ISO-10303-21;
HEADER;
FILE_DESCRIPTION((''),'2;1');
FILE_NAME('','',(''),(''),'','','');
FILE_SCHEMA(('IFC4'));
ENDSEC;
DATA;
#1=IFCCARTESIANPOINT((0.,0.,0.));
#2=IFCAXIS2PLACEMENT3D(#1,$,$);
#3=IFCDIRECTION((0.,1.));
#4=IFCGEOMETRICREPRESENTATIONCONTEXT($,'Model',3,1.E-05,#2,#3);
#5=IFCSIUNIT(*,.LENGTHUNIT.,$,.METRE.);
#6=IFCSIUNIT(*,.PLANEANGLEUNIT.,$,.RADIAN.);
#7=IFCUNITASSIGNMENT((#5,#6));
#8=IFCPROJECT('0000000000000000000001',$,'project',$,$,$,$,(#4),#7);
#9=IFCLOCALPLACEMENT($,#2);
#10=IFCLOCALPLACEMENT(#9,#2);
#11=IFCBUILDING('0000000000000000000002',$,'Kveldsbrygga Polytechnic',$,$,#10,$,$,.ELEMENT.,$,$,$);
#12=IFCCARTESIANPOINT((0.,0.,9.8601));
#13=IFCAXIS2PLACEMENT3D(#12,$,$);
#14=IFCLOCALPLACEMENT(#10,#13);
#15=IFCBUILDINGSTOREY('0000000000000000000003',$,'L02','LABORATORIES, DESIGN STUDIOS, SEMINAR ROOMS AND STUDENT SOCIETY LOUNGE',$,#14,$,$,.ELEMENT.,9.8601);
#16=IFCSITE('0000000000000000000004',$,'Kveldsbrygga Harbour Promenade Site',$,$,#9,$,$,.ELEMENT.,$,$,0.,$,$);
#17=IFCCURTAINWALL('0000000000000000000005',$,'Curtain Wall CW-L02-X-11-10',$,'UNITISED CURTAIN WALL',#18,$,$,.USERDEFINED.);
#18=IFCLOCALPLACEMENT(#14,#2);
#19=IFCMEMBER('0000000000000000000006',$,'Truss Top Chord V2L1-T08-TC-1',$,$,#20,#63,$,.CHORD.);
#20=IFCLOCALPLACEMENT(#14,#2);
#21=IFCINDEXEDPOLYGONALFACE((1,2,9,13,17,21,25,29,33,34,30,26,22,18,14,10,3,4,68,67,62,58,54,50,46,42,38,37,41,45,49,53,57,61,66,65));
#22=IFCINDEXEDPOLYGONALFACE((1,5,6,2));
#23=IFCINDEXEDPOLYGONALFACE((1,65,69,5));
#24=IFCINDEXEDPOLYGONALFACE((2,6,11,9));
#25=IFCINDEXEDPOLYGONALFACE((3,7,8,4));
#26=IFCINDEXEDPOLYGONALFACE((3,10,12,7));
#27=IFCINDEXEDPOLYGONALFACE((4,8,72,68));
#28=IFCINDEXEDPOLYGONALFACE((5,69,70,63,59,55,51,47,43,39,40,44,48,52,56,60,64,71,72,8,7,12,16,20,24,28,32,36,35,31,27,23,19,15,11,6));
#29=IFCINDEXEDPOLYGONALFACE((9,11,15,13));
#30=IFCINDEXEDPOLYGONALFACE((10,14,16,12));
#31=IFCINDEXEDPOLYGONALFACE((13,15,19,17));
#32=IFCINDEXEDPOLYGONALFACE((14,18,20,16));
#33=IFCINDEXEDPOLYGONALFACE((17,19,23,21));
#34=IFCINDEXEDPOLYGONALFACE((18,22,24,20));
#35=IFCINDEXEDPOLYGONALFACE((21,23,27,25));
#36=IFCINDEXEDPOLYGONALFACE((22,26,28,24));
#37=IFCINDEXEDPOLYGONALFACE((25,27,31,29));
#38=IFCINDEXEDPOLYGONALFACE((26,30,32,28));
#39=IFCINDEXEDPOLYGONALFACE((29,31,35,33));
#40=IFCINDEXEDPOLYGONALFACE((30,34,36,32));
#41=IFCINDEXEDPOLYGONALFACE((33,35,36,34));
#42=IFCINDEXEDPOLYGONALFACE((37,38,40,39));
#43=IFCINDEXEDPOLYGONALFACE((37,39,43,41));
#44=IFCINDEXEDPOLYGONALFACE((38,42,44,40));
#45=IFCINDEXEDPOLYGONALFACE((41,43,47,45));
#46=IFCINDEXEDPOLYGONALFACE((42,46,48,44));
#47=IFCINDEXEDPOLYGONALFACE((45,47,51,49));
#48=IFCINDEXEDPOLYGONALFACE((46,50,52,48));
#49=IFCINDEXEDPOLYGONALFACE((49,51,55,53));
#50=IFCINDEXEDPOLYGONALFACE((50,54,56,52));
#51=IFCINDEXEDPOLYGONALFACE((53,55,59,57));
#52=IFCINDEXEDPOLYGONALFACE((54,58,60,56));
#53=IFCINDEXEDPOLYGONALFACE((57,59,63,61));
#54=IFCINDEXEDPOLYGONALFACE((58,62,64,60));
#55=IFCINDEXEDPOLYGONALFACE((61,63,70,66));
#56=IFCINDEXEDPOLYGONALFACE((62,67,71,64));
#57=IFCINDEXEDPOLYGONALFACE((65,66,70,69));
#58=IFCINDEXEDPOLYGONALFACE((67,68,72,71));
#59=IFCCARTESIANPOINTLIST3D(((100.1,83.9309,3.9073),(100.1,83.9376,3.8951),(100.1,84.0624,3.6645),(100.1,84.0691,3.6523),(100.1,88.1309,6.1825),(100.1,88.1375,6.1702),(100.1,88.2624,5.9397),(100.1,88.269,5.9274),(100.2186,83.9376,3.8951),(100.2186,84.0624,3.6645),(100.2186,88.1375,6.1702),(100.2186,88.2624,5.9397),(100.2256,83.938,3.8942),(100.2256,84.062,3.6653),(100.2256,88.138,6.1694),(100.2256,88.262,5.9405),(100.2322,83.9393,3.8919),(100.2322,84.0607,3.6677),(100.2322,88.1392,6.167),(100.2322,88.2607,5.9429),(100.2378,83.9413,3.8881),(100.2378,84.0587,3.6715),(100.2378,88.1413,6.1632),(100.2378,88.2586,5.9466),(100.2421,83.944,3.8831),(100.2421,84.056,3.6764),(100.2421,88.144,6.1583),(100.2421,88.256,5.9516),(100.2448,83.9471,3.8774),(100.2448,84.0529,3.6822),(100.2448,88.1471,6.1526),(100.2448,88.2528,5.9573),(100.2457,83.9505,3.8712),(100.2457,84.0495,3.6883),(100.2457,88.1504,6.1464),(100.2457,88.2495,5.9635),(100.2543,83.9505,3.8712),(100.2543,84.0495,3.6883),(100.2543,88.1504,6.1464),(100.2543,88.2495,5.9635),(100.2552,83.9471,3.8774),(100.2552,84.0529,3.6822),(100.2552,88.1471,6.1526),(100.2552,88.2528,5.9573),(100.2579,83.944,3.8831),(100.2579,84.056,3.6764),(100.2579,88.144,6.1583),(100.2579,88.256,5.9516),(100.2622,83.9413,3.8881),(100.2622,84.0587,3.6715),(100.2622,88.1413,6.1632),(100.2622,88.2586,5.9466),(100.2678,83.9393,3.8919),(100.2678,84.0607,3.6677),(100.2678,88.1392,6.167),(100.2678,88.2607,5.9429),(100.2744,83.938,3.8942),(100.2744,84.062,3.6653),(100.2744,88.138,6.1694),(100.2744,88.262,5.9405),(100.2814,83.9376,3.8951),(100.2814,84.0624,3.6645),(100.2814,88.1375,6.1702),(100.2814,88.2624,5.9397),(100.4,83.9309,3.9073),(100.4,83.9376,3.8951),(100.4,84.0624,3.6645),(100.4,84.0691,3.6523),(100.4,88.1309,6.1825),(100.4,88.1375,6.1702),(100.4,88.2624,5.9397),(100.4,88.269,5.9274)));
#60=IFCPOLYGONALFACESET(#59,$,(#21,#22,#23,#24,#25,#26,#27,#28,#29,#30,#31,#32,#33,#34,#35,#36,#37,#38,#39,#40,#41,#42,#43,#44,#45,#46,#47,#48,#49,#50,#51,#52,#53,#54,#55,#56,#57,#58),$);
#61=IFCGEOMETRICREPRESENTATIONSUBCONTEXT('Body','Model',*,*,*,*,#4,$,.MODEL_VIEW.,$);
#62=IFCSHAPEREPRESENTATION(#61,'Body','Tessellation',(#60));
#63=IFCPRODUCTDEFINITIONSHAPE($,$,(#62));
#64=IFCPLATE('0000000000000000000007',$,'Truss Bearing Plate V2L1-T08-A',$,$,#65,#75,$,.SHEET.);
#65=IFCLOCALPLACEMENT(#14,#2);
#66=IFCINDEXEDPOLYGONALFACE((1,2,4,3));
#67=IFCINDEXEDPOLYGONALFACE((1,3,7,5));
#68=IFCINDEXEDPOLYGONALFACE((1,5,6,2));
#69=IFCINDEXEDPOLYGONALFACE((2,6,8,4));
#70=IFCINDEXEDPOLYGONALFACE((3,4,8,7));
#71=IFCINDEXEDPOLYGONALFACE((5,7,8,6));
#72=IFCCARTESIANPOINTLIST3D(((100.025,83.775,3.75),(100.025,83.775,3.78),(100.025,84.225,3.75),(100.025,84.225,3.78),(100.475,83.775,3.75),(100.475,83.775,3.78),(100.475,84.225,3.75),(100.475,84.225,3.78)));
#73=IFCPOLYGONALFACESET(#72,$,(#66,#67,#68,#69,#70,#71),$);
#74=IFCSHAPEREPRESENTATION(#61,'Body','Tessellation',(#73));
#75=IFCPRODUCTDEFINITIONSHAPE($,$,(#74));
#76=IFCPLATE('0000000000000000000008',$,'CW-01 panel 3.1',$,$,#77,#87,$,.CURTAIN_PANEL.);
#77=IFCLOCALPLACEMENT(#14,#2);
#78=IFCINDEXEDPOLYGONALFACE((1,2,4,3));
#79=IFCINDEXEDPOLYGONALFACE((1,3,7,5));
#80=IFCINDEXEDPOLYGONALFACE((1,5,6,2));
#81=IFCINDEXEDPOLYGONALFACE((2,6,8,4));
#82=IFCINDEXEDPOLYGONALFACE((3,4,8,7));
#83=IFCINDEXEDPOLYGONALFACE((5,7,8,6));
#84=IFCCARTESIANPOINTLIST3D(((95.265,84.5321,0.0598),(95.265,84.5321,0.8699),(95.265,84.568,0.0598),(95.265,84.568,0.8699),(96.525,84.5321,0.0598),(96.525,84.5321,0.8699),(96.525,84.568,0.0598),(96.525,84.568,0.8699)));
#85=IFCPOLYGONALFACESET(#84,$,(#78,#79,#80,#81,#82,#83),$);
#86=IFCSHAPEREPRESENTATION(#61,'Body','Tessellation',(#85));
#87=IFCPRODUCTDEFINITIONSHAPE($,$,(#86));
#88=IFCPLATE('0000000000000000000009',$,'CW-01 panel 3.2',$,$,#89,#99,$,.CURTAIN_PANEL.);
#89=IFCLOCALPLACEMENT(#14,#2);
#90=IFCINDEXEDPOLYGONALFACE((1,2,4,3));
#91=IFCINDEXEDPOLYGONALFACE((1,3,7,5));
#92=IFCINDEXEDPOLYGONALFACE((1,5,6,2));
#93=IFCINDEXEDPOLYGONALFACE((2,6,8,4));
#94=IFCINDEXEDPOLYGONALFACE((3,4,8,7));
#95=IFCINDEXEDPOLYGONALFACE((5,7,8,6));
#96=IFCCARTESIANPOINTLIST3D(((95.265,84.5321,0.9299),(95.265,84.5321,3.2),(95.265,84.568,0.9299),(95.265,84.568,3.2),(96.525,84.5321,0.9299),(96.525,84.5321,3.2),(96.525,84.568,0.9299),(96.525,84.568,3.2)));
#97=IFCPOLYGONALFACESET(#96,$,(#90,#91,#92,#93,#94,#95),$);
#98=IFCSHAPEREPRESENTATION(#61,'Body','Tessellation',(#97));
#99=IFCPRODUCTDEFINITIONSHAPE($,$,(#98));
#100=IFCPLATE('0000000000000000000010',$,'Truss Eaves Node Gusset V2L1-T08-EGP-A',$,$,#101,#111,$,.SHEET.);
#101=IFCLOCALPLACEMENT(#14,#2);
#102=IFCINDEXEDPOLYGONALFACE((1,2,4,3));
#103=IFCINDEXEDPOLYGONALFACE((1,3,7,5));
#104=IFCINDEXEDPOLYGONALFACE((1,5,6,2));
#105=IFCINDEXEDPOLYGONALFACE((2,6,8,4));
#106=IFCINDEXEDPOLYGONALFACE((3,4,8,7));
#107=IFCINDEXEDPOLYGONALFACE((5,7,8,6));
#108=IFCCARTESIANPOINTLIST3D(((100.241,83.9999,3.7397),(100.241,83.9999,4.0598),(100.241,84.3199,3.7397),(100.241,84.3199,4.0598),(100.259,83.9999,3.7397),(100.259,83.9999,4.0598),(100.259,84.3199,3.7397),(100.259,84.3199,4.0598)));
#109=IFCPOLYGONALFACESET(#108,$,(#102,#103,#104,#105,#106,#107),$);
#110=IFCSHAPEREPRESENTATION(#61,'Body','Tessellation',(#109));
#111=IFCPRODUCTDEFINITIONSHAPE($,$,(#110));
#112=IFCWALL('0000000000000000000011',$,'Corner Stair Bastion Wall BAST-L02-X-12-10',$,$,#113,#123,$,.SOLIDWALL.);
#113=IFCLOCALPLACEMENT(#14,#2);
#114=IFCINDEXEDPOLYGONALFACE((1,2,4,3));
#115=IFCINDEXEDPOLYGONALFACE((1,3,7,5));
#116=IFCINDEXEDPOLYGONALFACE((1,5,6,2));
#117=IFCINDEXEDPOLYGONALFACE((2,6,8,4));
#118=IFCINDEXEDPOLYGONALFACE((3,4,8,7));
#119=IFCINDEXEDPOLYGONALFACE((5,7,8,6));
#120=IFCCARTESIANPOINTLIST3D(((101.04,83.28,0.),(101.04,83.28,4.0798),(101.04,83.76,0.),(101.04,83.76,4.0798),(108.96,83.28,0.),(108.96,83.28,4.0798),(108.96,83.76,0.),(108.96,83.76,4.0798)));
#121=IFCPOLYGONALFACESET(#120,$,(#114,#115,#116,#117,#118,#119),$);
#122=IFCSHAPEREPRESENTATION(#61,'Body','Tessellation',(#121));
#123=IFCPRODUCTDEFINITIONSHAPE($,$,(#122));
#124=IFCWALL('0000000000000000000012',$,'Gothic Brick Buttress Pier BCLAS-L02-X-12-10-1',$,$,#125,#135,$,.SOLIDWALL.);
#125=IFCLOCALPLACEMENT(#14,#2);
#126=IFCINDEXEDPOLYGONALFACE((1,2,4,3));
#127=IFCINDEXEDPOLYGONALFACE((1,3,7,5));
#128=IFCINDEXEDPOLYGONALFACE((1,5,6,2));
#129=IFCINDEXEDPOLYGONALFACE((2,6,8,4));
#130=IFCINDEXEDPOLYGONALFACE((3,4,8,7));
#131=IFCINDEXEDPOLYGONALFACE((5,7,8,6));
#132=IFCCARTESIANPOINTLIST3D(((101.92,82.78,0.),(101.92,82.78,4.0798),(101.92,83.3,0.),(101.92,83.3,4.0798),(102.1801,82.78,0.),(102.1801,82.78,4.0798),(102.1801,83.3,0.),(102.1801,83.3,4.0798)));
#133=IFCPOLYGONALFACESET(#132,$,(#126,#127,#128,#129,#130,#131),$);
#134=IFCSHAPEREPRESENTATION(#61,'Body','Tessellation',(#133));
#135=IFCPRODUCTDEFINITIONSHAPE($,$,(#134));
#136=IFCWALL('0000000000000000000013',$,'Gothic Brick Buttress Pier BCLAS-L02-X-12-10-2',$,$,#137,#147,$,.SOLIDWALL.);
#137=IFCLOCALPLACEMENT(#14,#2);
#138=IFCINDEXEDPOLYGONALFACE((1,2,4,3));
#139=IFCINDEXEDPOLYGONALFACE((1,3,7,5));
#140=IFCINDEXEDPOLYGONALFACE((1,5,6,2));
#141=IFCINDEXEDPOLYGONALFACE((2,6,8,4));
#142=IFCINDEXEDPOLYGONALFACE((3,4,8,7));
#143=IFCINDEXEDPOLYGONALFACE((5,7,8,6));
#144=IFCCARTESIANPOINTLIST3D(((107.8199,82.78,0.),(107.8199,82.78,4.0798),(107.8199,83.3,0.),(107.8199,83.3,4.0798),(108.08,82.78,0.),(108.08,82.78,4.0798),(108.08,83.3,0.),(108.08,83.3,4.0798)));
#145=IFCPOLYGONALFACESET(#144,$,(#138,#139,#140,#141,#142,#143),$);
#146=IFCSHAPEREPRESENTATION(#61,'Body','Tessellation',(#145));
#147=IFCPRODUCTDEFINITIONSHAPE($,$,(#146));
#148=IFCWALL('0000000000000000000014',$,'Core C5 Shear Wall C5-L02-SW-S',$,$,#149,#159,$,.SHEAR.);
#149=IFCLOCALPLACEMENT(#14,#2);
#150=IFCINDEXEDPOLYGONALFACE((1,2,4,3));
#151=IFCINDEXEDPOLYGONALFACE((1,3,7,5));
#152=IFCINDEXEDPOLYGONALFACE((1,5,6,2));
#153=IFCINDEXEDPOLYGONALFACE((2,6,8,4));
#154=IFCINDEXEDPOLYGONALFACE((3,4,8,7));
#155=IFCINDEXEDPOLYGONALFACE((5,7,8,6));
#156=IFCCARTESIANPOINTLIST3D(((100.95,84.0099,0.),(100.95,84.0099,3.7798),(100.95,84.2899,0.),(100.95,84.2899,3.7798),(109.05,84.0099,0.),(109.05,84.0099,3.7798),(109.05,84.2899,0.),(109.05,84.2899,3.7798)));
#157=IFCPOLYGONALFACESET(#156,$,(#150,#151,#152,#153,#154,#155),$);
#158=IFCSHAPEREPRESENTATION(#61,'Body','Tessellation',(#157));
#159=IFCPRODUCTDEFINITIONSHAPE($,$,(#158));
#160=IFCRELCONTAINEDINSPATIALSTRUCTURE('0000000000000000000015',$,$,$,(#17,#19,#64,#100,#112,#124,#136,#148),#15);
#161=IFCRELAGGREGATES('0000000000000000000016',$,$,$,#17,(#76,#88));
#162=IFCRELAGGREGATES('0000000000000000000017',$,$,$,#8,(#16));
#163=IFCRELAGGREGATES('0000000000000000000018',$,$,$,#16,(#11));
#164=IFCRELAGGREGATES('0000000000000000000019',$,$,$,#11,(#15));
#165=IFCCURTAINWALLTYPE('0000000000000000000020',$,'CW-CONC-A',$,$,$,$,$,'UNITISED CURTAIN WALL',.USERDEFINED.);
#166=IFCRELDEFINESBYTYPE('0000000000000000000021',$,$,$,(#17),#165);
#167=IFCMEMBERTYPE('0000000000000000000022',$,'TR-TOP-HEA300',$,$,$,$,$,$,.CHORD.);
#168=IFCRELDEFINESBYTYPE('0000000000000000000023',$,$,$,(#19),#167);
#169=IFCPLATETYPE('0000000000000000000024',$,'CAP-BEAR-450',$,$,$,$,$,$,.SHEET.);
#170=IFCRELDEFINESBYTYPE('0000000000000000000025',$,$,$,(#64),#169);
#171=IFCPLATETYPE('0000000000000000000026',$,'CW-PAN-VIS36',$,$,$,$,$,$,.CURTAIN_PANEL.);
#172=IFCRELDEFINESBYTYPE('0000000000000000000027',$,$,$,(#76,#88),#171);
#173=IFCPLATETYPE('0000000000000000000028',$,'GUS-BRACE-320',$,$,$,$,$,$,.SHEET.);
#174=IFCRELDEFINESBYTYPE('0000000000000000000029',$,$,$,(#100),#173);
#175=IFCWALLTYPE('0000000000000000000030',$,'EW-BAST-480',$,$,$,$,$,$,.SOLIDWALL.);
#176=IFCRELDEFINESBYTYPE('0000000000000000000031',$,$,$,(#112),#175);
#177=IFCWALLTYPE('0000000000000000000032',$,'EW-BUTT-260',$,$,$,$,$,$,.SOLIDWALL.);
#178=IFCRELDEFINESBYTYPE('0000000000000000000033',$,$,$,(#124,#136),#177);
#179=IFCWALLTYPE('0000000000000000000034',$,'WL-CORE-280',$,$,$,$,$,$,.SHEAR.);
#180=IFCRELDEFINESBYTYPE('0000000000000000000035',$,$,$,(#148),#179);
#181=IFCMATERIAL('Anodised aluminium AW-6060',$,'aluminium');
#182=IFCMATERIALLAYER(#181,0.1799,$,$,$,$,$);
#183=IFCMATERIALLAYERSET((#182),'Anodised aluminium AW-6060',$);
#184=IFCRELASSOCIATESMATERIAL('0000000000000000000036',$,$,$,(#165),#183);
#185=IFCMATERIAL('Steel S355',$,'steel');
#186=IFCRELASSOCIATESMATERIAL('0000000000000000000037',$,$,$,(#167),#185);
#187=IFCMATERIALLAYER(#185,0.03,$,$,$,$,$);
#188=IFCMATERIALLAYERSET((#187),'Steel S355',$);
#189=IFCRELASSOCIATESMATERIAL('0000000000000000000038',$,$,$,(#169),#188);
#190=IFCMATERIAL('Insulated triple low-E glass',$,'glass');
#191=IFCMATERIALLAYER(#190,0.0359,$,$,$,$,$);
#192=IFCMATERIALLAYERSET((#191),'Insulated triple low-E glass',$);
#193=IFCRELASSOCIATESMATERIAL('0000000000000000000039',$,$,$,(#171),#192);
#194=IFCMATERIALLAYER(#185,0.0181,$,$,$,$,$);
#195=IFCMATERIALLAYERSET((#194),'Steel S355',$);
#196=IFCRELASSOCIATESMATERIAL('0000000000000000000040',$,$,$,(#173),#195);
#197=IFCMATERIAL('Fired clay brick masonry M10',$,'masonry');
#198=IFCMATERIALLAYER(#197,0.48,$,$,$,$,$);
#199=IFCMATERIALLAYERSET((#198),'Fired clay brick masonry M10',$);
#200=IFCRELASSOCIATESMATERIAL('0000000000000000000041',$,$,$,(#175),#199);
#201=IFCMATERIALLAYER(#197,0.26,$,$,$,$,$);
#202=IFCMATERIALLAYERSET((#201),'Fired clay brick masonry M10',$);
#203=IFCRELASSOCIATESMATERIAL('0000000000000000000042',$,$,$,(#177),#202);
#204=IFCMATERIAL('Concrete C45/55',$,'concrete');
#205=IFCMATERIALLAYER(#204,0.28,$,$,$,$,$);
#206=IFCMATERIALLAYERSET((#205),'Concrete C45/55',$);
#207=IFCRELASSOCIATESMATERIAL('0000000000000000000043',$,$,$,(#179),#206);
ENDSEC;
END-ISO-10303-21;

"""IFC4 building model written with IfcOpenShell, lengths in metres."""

from ifc_helpers import new_model, si_unit, direction, frame, frame_2d, origin, origin_2d, place, context, subcontext, project, spatial, rectangle, i_section, extrude, material, layer, layer_set, material_profile, profile_set, type_object, element, aggregate, save


model = new_model("IFC4")

# Units and contexts
model_context = context("Model", 3, precision=1e-05, world=origin(), true_north=direction((0.0, 1.0)))
body_context = subcontext(model_context, "Body", "Model", "MODEL_VIEW")
ifc_project = project(units=[si_unit("LENGTHUNIT", "METRE"), si_unit("PLANEANGLEUNIT", "RADIAN")], contexts=[model_context])

# Site, building, storey
site_placement = place(None, origin())
site = spatial("IfcSite", under=ifc_project, at=site_placement, Name="Kveldsbrygga Harbour Promenade Site", CompositionType="ELEMENT", RefElevation=0.0)
building_placement = place(site_placement, origin())
building = spatial("IfcBuilding", under=site, at=building_placement, Name="Kveldsbrygga Polytechnic", CompositionType="ELEMENT")
storey_placement = place(building_placement, frame((0.0, 0.0, 9.8601)))
storey = spatial("IfcBuildingStorey", under=building, at=storey_placement, Name="L02", Description="LABORATORIES, DESIGN STUDIOS, SEMINAR ROOMS AND STUDENT SOCIETY LOUNGE", CompositionType="ELEMENT", Elevation=9.8601)

# Shared definitions
ifc_material_1 = material(Name="Concrete C45/55", Category="concrete")

# Curtain wall
ifc_material_2 = material(Name="Anodised aluminium AW-6060", Category="aluminium")
ifc_layer_1 = layer(ifc_material_2, 0.1799)
ifc_layer_set_1 = layer_set([ifc_layer_1], Name="Anodised aluminium AW-6060")
curtain_wall_type = type_object("IfcCurtainWallType", Name="CW-CONC-A", ElementType="UNITISED CURTAIN WALL", PredefinedType="USERDEFINED", material=ifc_layer_set_1)
curtain_wall_placement = place(storey_placement, origin())
curtain_wall = element("IfcCurtainWall", 1, at=curtain_wall_placement, inside=storey, type_object=curtain_wall_type, Name="Curtain Wall CW-L02-X-11-10", ObjectType="UNITISED CURTAIN WALL", PredefinedType="USERDEFINED")

# Member
ifc_material_3 = material(Name="Steel S355", Category="steel")
ifc_material_profile_1 = material_profile(ifc_material_3, i_section(OverallWidth=0.3, OverallDepth=0.29, WebThickness=0.0085, FlangeThickness=0.0139, FilletRadius=0.0271, at=origin_2d()), Name="HEA 300")
ifc_profile_set_1 = profile_set([ifc_material_profile_1], Name="Steel S355")
member_type_1 = type_object("IfcMemberType", Name="TR-TOP-HEA300", PredefinedType="CHORD", material=ifc_profile_set_1)
member_1_placement = place(storey_placement, frame((100.25, 84.0, 3.7798), z_axis=(0.0, 0.879277, 0.476311), x_axis=(-1.0, 0.0, 0.0)))
element("IfcMember", 2, at=member_1_placement, inside=storey, type_object=member_type_1, Name="Truss Top Chord V2L1-T08-TC-1", PredefinedType="CHORD", context=body_context, shape_type="SweptSolid", body=[
    extrude(i_section(OverallWidth=0.3, OverallDepth=0.29, WebThickness=0.0085, FlangeThickness=0.0139, FilletRadius=0.0271, at=origin_2d()), origin(), (0.0, 0.0, 1.0), 4.7766),
])

# Plates
ifc_layer_2 = layer(ifc_material_3, 0.03)
ifc_layer_set_2 = layer_set([ifc_layer_2], Name="Steel S355")
plate_type_1 = type_object("IfcPlateType", Name="CAP-BEAR-450", PredefinedType="SHEET", material=ifc_layer_set_2)
plate_1_placement = place(storey_placement, frame((100.25, 84.0, 3.75), z_axis=(0.0, 0.0, 1.0), x_axis=(1.0, 0.0, 0.0)))
element("IfcPlate", 3, at=plate_1_placement, inside=storey, type_object=plate_type_1, Name="Truss Bearing Plate V2L1-T08-A", PredefinedType="SHEET", context=body_context, shape_type="SweptSolid", body=[
    extrude(rectangle(XDim=0.45, YDim=0.45, at=origin_2d()), origin(), (0.0, 0.0, 1.0), 0.03),
])
ifc_material_4 = material(Name="Insulated triple low-E glass", Category="glass")
ifc_layer_3 = layer(ifc_material_4, 0.0359)
ifc_layer_set_3 = layer_set([ifc_layer_3], Name="Insulated triple low-E glass")
plate_type_2 = type_object("IfcPlateType", Name="CW-PAN-VIS36", PredefinedType="CURTAIN_PANEL", material=ifc_layer_set_3)
plate_2_placement = place(storey_placement, frame((95.895, 84.55, 0.0598), z_axis=(0.0, 0.0, 1.0), x_axis=(1.0, 0.0, 0.0)))
plate_2 = element("IfcPlate", 4, at=plate_2_placement, type_object=plate_type_2, Name="CW-01 panel 3.1", PredefinedType="CURTAIN_PANEL", context=body_context, shape_type="SweptSolid", body=[
    extrude(rectangle(XDim=1.26, YDim=0.0359, at=origin_2d()), origin(), (0.0, 0.0, 1.0), 0.8101),
])
plate_3_placement = place(storey_placement, frame((95.895, 84.55, 0.9299), z_axis=(0.0, 0.0, 1.0), x_axis=(1.0, 0.0, 0.0)))
plate_3 = element("IfcPlate", 5, at=plate_3_placement, type_object=plate_type_2, Name="CW-01 panel 3.2", PredefinedType="CURTAIN_PANEL", context=body_context, shape_type="SweptSolid", body=[
    extrude(rectangle(XDim=1.26, YDim=0.0359, at=origin_2d()), origin(), (0.0, 0.0, 1.0), 2.27),
])
aggregate(curtain_wall, [plate_2, plate_3])
ifc_layer_4 = layer(ifc_material_3, 0.0181)
ifc_layer_set_4 = layer_set([ifc_layer_4], Name="Steel S355")
plate_type_3 = type_object("IfcPlateType", Name="GUS-BRACE-320", PredefinedType="SHEET", material=ifc_layer_set_4)
plate_4_placement = place(storey_placement, frame((100.25, 84.1599, 3.7397), z_axis=(0.0, 0.0, 1.0), x_axis=(1.0, 0.0, 0.0)))
element("IfcPlate", 6, at=plate_4_placement, inside=storey, type_object=plate_type_3, Name="Truss Eaves Node Gusset V2L1-T08-EGP-A", PredefinedType="SHEET", context=body_context, shape_type="SweptSolid", body=[
    extrude(rectangle(XDim=0.0181, YDim=0.3201, at=origin_2d()), origin(), (0.0, 0.0, 1.0), 0.3201),
])

# Walls
ifc_material_5 = material(Name="Fired clay brick masonry M10", Category="masonry")
ifc_layer_5 = layer(ifc_material_5, 0.48)
ifc_layer_set_5 = layer_set([ifc_layer_5], Name="Fired clay brick masonry M10")
wall_type_1 = type_object("IfcWallType", Name="EW-BAST-480", PredefinedType="SOLIDWALL", material=ifc_layer_set_5)
wall_1_placement = place(storey_placement, frame((101.04, 83.52, 0.0), z_axis=(0.0, 0.0, 1.0), x_axis=(1.0, 0.0, 0.0)))
element("IfcWall", 7, at=wall_1_placement, inside=storey, type_object=wall_type_1, Name="Corner Stair Bastion Wall BAST-L02-X-12-10", PredefinedType="SOLIDWALL", context=body_context, shape_type="SweptSolid", body=[
    extrude(rectangle(XDim=7.9199, YDim=0.48, at=frame_2d((3.96, 0.0))), origin(), (0.0, 0.0, 1.0), 4.0798),
])
ifc_layer_6 = layer(ifc_material_5, 0.26)
ifc_layer_set_6 = layer_set([ifc_layer_6], Name="Fired clay brick masonry M10")
wall_type_2 = type_object("IfcWallType", Name="EW-BUTT-260", PredefinedType="SOLIDWALL", material=ifc_layer_set_6)
for number, where, z_axis, x_axis, name in (
    (8, (102.05, 83.3, 0.0), (0.0, 0.0, 1.0), (0.0, -1.0, 0.0), "Gothic Brick Buttress Pier BCLAS-L02-X-12-10-1"),
    (9, (107.95, 83.3, 0.0), (0.0, 0.0, 1.0), (0.0, -1.0, 0.0), "Gothic Brick Buttress Pier BCLAS-L02-X-12-10-2"),
):
    element("IfcWall", number, at=place(storey_placement, frame(where, z_axis=z_axis, x_axis=x_axis)), inside=storey, type_object=wall_type_2, Name=name, PredefinedType="SOLIDWALL", context=body_context, shape_type="SweptSolid", body=[
        extrude(rectangle(XDim=0.52, YDim=0.26, at=frame_2d((0.26, 0.0))), origin(), (0.0, 0.0, 1.0), 4.0798),
    ])
ifc_layer_7 = layer(ifc_material_1, 0.28)
ifc_layer_set_7 = layer_set([ifc_layer_7], Name="Concrete C45/55")
wall_type_3 = type_object("IfcWallType", Name="WL-CORE-280", PredefinedType="SHEAR", material=ifc_layer_set_7)
wall_2_placement = place(storey_placement, frame((100.95, 84.1499, 0.0), z_axis=(0.0, 0.0, 1.0), x_axis=(1.0, 0.0, 0.0)))
element("IfcWall", 10, at=wall_2_placement, inside=storey, type_object=wall_type_3, Name="Core C5 Shear Wall C5-L02-SW-S", PredefinedType="SHEAR", context=body_context, shape_type="SweptSolid", body=[
    extrude(rectangle(XDim=8.1001, YDim=0.28, at=frame_2d((4.05, 0.0))), origin(), (0.0, 0.0, 1.0), 3.7798),
])

save(model, "model.ifc")
